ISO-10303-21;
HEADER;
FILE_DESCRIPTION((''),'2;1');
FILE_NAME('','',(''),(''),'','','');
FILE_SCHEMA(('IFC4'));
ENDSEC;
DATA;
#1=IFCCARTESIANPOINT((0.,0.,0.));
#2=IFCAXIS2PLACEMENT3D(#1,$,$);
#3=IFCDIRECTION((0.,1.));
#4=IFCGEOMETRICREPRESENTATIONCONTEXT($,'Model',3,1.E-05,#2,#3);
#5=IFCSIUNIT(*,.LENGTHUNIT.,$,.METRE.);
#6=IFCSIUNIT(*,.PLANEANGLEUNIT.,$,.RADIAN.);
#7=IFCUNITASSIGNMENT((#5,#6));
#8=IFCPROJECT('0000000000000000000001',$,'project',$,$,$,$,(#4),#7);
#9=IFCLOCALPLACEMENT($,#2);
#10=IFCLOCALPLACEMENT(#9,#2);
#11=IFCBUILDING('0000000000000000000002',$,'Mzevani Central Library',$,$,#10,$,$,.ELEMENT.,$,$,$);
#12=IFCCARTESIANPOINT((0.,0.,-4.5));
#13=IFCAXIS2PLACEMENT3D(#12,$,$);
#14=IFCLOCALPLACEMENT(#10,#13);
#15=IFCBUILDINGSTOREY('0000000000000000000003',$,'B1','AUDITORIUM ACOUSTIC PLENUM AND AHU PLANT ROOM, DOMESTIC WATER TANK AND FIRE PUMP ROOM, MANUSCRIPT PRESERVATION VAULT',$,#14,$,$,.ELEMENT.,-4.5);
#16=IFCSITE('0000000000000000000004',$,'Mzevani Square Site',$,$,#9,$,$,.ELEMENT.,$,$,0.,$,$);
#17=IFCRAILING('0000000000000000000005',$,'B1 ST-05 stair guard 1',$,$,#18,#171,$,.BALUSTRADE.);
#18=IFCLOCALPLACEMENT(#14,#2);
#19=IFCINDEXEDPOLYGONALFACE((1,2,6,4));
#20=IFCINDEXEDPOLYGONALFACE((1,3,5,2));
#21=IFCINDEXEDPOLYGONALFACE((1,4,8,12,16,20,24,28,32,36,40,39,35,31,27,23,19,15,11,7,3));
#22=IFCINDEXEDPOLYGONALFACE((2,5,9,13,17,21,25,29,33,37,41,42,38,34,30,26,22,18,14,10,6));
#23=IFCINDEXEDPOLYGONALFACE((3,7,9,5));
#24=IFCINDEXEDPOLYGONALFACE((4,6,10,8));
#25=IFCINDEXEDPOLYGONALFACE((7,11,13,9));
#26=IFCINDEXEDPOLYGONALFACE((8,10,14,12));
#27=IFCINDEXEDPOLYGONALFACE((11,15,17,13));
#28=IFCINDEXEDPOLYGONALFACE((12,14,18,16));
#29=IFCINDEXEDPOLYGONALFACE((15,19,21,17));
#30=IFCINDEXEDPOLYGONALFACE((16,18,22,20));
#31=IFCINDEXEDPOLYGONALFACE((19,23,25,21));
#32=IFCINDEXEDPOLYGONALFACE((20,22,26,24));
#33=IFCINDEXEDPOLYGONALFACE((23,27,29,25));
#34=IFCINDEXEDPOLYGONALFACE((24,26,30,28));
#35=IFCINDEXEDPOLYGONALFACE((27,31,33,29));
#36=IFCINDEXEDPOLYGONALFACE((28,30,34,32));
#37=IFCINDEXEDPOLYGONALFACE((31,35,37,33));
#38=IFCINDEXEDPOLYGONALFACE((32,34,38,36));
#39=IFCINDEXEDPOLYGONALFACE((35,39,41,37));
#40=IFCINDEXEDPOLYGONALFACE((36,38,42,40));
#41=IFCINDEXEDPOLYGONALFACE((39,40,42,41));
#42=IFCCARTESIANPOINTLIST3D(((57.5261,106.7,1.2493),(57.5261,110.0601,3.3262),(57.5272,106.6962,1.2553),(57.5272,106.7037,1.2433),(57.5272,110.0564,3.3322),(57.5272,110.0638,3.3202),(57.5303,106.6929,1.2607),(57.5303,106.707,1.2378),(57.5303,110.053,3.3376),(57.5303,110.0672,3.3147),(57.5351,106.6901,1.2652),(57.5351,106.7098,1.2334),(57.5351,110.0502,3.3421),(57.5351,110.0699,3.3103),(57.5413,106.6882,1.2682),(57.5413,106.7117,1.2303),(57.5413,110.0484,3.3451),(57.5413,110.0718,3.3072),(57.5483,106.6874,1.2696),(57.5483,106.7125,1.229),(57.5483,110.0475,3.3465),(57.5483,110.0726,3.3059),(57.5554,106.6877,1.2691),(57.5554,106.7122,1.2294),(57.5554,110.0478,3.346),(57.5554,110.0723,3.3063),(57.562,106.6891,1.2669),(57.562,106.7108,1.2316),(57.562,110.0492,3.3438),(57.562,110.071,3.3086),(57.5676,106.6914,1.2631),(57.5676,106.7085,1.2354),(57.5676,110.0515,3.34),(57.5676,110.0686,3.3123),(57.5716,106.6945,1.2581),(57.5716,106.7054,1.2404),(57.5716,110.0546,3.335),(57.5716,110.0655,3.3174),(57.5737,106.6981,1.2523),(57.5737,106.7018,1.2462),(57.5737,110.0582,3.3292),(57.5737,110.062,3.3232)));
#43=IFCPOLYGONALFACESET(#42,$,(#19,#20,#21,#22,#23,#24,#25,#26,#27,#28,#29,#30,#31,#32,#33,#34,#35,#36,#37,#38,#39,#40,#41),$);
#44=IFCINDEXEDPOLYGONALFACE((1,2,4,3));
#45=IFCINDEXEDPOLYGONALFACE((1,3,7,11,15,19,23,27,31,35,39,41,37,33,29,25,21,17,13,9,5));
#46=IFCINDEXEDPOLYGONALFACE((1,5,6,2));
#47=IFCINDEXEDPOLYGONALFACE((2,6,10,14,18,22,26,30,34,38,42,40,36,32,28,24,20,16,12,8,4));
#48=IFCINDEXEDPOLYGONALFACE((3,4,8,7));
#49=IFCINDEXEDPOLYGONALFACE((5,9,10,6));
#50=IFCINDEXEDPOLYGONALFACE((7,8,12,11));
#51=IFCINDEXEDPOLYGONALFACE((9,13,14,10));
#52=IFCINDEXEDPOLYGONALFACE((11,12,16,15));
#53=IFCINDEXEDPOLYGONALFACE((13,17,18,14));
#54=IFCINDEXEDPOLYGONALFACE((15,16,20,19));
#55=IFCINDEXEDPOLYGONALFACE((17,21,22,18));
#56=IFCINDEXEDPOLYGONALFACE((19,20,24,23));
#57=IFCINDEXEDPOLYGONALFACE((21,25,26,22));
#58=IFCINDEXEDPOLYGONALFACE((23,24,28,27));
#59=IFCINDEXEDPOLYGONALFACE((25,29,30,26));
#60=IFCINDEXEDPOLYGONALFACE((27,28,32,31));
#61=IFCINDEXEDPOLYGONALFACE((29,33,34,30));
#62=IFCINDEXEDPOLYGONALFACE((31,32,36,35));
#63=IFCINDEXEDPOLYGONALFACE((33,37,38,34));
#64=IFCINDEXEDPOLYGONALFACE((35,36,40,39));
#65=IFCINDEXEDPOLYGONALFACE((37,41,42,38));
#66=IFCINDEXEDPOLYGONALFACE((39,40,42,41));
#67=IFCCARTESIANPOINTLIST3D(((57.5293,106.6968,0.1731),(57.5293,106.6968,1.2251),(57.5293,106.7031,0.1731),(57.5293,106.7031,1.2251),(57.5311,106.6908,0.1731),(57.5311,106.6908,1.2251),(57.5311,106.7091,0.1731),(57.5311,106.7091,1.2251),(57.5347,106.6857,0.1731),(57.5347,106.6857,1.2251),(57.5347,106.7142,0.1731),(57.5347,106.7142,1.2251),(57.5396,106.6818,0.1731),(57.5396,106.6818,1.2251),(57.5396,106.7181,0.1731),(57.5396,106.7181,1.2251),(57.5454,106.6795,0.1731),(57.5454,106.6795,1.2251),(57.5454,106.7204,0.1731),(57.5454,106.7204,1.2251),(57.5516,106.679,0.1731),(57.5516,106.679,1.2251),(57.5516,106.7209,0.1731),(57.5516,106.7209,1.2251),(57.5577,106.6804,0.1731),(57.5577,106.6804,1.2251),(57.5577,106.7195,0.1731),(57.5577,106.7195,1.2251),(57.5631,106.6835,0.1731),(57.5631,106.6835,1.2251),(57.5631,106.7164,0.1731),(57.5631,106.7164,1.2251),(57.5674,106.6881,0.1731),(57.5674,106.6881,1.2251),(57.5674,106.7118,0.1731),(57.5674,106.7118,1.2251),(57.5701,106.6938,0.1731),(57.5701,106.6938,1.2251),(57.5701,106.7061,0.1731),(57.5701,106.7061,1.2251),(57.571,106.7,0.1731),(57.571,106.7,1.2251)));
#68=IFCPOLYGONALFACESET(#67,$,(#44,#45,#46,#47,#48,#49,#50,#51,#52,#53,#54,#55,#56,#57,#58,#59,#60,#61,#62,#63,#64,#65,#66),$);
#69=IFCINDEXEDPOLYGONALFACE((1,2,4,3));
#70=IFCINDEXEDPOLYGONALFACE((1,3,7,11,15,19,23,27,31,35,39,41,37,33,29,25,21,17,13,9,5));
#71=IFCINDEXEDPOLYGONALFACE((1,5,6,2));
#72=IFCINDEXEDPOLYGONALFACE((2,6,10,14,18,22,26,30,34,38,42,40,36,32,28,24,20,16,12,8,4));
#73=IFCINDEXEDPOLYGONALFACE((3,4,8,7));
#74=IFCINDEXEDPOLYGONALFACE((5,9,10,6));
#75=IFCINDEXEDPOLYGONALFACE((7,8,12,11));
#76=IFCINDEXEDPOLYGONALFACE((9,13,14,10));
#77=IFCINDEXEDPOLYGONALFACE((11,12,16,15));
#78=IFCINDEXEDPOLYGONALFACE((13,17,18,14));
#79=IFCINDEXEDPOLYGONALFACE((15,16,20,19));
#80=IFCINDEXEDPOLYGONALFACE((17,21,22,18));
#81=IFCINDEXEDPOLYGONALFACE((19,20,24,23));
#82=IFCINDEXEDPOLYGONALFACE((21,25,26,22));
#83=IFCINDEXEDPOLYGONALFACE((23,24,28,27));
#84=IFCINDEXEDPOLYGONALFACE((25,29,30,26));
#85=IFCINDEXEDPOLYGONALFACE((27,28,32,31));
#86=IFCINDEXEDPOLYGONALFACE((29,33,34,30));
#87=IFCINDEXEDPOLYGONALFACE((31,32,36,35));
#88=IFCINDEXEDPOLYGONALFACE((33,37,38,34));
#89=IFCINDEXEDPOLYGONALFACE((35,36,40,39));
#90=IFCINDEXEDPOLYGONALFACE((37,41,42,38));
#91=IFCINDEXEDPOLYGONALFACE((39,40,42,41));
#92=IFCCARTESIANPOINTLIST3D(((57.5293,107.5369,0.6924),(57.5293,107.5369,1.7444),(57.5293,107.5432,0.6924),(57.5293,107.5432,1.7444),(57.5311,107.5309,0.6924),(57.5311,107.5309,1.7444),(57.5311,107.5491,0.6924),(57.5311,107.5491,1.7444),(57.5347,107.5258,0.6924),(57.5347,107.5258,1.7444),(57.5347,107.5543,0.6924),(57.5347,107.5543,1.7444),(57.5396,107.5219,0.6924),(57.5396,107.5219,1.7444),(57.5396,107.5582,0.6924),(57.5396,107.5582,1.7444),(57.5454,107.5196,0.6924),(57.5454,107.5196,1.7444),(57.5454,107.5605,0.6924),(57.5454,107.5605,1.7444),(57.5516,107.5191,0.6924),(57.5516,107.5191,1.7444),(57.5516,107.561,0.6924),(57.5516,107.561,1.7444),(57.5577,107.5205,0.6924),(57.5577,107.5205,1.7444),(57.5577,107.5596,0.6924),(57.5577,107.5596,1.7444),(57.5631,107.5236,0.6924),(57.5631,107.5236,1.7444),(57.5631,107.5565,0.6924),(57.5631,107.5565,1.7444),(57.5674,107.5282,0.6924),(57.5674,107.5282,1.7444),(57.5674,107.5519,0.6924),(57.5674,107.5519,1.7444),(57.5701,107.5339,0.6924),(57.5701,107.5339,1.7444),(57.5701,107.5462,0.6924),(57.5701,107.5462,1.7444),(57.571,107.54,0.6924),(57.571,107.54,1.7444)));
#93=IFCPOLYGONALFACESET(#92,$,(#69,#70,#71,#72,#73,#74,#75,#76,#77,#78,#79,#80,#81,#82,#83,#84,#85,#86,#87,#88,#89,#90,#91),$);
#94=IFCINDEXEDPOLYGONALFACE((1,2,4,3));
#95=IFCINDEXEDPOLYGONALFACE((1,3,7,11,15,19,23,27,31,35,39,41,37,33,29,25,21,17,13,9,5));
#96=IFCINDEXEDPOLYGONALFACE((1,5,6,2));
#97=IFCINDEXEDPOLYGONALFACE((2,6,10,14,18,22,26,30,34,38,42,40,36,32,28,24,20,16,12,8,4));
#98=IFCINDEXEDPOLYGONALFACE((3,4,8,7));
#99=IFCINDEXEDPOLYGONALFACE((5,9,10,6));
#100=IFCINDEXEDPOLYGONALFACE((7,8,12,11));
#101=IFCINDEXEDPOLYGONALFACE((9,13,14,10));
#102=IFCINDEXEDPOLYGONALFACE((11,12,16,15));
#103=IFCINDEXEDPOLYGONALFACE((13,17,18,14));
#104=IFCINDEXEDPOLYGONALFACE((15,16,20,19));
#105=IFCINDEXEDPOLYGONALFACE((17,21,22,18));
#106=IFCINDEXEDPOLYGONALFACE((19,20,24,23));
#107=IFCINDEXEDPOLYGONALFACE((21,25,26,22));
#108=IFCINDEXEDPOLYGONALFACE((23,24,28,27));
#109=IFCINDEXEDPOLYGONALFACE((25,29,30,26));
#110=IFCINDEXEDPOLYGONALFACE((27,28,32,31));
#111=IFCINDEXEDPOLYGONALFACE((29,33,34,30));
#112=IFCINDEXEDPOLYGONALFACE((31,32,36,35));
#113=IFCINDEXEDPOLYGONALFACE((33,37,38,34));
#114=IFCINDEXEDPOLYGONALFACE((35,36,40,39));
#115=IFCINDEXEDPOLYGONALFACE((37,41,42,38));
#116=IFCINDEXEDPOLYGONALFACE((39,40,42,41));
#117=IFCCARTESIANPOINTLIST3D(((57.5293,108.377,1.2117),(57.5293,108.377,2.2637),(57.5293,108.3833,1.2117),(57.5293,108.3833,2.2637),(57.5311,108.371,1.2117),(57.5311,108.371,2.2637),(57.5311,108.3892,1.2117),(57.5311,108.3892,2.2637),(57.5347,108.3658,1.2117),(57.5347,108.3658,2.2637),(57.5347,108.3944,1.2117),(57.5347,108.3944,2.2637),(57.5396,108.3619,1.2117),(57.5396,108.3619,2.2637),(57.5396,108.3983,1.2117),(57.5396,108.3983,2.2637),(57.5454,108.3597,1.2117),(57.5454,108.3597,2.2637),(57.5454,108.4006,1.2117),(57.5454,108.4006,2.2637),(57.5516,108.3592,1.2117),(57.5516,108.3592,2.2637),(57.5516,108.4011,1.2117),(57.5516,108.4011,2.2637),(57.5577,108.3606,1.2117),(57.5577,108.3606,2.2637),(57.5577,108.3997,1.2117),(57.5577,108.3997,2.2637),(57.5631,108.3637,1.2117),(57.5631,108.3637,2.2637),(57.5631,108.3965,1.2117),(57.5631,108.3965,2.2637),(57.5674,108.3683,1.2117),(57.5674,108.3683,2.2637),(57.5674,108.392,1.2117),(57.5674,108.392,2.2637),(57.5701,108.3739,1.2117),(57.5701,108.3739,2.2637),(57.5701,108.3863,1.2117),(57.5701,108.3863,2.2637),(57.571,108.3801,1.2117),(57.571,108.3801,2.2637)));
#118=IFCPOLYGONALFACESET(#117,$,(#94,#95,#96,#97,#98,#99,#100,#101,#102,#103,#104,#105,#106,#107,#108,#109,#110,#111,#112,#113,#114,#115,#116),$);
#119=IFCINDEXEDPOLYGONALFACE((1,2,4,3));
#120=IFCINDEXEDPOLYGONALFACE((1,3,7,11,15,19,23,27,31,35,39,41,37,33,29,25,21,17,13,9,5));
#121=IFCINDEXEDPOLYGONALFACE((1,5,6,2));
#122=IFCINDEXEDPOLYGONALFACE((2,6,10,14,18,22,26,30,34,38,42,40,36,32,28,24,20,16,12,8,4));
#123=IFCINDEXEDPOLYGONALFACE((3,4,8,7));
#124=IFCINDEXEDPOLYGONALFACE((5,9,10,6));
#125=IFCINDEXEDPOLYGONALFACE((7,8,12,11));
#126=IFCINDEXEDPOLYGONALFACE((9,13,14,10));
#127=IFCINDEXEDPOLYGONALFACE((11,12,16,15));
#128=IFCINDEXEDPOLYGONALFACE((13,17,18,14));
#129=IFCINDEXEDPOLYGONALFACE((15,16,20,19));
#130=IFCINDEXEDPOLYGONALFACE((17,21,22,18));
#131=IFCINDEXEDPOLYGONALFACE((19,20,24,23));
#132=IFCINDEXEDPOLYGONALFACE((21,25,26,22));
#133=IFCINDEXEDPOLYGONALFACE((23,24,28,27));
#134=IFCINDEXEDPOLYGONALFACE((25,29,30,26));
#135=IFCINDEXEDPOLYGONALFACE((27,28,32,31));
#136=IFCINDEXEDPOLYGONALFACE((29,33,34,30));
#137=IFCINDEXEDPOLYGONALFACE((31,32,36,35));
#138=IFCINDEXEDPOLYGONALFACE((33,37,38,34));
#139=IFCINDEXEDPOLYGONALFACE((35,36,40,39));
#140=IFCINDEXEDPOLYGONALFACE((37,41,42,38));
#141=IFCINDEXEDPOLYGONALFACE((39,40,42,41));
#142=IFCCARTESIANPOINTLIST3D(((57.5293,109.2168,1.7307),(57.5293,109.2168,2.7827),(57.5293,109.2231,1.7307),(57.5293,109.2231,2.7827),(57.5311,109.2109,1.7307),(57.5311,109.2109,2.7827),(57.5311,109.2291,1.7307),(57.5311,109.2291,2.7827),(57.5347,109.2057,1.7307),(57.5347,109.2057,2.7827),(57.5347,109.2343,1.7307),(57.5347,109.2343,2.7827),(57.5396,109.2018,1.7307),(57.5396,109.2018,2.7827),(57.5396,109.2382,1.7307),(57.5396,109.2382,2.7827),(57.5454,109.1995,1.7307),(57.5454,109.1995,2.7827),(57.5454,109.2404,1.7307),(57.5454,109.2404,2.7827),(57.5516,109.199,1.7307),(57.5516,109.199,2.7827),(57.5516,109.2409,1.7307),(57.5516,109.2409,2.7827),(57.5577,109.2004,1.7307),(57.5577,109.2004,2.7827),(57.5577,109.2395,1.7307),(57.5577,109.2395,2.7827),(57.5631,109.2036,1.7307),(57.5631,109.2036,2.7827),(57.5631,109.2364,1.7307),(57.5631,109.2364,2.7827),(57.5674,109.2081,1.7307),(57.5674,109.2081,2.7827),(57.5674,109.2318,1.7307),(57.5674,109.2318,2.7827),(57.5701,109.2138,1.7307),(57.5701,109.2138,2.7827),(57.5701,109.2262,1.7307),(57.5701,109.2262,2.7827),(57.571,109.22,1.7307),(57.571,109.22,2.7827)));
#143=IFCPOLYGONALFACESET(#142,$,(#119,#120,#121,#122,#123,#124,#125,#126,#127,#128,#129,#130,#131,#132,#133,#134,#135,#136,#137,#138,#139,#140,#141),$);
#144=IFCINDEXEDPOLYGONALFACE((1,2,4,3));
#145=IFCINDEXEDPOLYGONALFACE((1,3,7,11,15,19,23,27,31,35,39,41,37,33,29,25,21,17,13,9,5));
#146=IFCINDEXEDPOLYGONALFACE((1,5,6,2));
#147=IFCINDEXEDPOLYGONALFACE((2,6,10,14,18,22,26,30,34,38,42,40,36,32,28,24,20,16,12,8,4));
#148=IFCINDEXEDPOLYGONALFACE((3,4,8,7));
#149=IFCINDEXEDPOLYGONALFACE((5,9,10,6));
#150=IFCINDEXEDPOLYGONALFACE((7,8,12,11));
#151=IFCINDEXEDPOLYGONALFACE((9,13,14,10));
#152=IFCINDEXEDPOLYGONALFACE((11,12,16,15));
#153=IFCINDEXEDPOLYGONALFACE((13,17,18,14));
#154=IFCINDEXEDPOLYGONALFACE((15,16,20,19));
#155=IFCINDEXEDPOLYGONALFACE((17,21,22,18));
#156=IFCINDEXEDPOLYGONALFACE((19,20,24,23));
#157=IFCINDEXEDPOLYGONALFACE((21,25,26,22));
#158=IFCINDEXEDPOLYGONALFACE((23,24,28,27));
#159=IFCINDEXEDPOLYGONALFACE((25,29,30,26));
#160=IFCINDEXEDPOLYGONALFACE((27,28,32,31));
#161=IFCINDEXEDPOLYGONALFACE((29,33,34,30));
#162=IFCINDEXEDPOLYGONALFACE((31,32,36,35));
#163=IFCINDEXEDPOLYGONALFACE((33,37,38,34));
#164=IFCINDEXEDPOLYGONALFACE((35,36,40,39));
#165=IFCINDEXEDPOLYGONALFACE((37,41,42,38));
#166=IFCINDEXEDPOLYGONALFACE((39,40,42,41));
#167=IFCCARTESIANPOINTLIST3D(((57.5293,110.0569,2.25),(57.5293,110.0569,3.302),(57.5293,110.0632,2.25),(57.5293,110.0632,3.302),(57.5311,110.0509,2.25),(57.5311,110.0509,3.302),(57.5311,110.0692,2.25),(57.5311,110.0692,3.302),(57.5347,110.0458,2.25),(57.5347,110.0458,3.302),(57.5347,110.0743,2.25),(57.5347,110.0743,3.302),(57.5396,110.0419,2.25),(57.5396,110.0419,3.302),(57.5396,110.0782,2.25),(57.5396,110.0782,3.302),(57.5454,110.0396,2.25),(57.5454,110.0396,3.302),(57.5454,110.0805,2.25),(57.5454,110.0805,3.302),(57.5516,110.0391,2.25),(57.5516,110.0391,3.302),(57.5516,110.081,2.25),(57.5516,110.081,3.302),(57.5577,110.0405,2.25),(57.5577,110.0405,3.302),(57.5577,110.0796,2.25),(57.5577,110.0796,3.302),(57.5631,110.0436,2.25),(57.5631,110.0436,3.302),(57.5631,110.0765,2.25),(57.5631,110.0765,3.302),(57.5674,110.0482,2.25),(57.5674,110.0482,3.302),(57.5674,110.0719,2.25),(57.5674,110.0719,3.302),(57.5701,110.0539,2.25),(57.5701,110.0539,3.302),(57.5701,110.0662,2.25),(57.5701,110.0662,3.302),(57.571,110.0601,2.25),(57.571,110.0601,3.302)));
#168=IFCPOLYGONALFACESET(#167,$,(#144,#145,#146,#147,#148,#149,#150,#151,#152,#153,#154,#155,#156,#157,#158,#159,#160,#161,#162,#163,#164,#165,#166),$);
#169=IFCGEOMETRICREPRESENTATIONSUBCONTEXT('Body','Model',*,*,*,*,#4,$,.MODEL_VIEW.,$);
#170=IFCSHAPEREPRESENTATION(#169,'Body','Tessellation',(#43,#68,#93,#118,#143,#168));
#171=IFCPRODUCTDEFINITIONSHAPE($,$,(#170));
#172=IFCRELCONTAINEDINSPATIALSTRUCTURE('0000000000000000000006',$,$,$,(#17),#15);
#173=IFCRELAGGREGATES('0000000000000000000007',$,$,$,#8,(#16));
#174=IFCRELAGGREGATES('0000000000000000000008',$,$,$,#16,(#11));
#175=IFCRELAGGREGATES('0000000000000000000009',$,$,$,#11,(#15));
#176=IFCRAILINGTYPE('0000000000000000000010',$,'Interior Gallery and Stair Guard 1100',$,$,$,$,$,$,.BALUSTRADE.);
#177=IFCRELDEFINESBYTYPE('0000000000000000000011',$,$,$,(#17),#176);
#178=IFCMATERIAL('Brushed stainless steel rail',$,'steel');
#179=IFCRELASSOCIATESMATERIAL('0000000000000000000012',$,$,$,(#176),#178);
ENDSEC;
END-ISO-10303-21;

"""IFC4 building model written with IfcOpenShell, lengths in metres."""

from ifc_helpers import new_model, si_unit, direction, frame, origin, origin_2d, place, context, subcontext, project, spatial, circle, extrude, material, type_object, element, save


model = new_model("IFC4")

# Units and contexts
model_context = context("Model", 3, precision=1e-05, world=origin(), true_north=direction((0.0, 1.0)))
body_context = subcontext(model_context, "Body", "Model", "MODEL_VIEW")
ifc_project = project(units=[si_unit("LENGTHUNIT", "METRE"), si_unit("PLANEANGLEUNIT", "RADIAN")], contexts=[model_context])

# Site, building, storey
site_placement = place(None, origin())
site = spatial("IfcSite", under=ifc_project, at=site_placement, Name="Mzevani Square Site", CompositionType="ELEMENT", RefElevation=0.0)
building_placement = place(site_placement, origin())
building = spatial("IfcBuilding", under=site, at=building_placement, Name="Mzevani Central Library", CompositionType="ELEMENT")
storey_placement = place(building_placement, frame((0.0, 0.0, -4.5)))
storey = spatial("IfcBuildingStorey", under=building, at=storey_placement, Name="B1", Description="AUDITORIUM ACOUSTIC PLENUM AND AHU PLANT ROOM, DOMESTIC WATER TANK AND FIRE PUMP ROOM, MANUSCRIPT PRESERVATION VAULT", CompositionType="ELEMENT", Elevation=-4.5)

# Railing
ifc_material_1 = material(Name="Brushed stainless steel rail", Category="steel")
railing_type_1 = type_object("IfcRailingType", Name="Interior Gallery and Stair Guard 1100", PredefinedType="BALUSTRADE", material=ifc_material_1)
railing_1_placement = place(storey_placement, frame((57.55, 106.7, 0.1731)))
element("IfcRailing", 1, at=railing_1_placement, inside=storey, type_object=railing_type_1, Name="B1 ST-05 stair guard 1", PredefinedType="BALUSTRADE", context=body_context, shape_type="SweptSolid", body=[
    extrude(circle(Radius=0.0239, at=origin_2d()), frame((0.0, 0.0, 1.0762), z_axis=(0.0, 0.850623, 0.525776), x_axis=(-1.0, 0.0, 0.0)), (0.0, 0.0, 1.0), 3.9502),
    extrude(circle(Radius=0.021, at=origin_2d()), origin(), (0.0, 0.0, 1.0), 1.052),
    extrude(circle(Radius=0.021, at=origin_2d()), frame((0.0, 0.8401, 0.5193)), (0.0, 0.0, 1.0), 1.052),
    extrude(circle(Radius=0.021, at=origin_2d()), frame((0.0, 1.6802, 1.0386)), (0.0, 0.0, 1.0), 1.052),
    extrude(circle(Radius=0.021, at=origin_2d()), frame((0.0, 2.52, 1.5576)), (0.0, 0.0, 1.0), 1.052),
    extrude(circle(Radius=0.021, at=origin_2d()), frame((0.0, 3.3601, 2.0769)), (0.0, 0.0, 1.0), 1.052),
])

save(model, "model.ifc")
